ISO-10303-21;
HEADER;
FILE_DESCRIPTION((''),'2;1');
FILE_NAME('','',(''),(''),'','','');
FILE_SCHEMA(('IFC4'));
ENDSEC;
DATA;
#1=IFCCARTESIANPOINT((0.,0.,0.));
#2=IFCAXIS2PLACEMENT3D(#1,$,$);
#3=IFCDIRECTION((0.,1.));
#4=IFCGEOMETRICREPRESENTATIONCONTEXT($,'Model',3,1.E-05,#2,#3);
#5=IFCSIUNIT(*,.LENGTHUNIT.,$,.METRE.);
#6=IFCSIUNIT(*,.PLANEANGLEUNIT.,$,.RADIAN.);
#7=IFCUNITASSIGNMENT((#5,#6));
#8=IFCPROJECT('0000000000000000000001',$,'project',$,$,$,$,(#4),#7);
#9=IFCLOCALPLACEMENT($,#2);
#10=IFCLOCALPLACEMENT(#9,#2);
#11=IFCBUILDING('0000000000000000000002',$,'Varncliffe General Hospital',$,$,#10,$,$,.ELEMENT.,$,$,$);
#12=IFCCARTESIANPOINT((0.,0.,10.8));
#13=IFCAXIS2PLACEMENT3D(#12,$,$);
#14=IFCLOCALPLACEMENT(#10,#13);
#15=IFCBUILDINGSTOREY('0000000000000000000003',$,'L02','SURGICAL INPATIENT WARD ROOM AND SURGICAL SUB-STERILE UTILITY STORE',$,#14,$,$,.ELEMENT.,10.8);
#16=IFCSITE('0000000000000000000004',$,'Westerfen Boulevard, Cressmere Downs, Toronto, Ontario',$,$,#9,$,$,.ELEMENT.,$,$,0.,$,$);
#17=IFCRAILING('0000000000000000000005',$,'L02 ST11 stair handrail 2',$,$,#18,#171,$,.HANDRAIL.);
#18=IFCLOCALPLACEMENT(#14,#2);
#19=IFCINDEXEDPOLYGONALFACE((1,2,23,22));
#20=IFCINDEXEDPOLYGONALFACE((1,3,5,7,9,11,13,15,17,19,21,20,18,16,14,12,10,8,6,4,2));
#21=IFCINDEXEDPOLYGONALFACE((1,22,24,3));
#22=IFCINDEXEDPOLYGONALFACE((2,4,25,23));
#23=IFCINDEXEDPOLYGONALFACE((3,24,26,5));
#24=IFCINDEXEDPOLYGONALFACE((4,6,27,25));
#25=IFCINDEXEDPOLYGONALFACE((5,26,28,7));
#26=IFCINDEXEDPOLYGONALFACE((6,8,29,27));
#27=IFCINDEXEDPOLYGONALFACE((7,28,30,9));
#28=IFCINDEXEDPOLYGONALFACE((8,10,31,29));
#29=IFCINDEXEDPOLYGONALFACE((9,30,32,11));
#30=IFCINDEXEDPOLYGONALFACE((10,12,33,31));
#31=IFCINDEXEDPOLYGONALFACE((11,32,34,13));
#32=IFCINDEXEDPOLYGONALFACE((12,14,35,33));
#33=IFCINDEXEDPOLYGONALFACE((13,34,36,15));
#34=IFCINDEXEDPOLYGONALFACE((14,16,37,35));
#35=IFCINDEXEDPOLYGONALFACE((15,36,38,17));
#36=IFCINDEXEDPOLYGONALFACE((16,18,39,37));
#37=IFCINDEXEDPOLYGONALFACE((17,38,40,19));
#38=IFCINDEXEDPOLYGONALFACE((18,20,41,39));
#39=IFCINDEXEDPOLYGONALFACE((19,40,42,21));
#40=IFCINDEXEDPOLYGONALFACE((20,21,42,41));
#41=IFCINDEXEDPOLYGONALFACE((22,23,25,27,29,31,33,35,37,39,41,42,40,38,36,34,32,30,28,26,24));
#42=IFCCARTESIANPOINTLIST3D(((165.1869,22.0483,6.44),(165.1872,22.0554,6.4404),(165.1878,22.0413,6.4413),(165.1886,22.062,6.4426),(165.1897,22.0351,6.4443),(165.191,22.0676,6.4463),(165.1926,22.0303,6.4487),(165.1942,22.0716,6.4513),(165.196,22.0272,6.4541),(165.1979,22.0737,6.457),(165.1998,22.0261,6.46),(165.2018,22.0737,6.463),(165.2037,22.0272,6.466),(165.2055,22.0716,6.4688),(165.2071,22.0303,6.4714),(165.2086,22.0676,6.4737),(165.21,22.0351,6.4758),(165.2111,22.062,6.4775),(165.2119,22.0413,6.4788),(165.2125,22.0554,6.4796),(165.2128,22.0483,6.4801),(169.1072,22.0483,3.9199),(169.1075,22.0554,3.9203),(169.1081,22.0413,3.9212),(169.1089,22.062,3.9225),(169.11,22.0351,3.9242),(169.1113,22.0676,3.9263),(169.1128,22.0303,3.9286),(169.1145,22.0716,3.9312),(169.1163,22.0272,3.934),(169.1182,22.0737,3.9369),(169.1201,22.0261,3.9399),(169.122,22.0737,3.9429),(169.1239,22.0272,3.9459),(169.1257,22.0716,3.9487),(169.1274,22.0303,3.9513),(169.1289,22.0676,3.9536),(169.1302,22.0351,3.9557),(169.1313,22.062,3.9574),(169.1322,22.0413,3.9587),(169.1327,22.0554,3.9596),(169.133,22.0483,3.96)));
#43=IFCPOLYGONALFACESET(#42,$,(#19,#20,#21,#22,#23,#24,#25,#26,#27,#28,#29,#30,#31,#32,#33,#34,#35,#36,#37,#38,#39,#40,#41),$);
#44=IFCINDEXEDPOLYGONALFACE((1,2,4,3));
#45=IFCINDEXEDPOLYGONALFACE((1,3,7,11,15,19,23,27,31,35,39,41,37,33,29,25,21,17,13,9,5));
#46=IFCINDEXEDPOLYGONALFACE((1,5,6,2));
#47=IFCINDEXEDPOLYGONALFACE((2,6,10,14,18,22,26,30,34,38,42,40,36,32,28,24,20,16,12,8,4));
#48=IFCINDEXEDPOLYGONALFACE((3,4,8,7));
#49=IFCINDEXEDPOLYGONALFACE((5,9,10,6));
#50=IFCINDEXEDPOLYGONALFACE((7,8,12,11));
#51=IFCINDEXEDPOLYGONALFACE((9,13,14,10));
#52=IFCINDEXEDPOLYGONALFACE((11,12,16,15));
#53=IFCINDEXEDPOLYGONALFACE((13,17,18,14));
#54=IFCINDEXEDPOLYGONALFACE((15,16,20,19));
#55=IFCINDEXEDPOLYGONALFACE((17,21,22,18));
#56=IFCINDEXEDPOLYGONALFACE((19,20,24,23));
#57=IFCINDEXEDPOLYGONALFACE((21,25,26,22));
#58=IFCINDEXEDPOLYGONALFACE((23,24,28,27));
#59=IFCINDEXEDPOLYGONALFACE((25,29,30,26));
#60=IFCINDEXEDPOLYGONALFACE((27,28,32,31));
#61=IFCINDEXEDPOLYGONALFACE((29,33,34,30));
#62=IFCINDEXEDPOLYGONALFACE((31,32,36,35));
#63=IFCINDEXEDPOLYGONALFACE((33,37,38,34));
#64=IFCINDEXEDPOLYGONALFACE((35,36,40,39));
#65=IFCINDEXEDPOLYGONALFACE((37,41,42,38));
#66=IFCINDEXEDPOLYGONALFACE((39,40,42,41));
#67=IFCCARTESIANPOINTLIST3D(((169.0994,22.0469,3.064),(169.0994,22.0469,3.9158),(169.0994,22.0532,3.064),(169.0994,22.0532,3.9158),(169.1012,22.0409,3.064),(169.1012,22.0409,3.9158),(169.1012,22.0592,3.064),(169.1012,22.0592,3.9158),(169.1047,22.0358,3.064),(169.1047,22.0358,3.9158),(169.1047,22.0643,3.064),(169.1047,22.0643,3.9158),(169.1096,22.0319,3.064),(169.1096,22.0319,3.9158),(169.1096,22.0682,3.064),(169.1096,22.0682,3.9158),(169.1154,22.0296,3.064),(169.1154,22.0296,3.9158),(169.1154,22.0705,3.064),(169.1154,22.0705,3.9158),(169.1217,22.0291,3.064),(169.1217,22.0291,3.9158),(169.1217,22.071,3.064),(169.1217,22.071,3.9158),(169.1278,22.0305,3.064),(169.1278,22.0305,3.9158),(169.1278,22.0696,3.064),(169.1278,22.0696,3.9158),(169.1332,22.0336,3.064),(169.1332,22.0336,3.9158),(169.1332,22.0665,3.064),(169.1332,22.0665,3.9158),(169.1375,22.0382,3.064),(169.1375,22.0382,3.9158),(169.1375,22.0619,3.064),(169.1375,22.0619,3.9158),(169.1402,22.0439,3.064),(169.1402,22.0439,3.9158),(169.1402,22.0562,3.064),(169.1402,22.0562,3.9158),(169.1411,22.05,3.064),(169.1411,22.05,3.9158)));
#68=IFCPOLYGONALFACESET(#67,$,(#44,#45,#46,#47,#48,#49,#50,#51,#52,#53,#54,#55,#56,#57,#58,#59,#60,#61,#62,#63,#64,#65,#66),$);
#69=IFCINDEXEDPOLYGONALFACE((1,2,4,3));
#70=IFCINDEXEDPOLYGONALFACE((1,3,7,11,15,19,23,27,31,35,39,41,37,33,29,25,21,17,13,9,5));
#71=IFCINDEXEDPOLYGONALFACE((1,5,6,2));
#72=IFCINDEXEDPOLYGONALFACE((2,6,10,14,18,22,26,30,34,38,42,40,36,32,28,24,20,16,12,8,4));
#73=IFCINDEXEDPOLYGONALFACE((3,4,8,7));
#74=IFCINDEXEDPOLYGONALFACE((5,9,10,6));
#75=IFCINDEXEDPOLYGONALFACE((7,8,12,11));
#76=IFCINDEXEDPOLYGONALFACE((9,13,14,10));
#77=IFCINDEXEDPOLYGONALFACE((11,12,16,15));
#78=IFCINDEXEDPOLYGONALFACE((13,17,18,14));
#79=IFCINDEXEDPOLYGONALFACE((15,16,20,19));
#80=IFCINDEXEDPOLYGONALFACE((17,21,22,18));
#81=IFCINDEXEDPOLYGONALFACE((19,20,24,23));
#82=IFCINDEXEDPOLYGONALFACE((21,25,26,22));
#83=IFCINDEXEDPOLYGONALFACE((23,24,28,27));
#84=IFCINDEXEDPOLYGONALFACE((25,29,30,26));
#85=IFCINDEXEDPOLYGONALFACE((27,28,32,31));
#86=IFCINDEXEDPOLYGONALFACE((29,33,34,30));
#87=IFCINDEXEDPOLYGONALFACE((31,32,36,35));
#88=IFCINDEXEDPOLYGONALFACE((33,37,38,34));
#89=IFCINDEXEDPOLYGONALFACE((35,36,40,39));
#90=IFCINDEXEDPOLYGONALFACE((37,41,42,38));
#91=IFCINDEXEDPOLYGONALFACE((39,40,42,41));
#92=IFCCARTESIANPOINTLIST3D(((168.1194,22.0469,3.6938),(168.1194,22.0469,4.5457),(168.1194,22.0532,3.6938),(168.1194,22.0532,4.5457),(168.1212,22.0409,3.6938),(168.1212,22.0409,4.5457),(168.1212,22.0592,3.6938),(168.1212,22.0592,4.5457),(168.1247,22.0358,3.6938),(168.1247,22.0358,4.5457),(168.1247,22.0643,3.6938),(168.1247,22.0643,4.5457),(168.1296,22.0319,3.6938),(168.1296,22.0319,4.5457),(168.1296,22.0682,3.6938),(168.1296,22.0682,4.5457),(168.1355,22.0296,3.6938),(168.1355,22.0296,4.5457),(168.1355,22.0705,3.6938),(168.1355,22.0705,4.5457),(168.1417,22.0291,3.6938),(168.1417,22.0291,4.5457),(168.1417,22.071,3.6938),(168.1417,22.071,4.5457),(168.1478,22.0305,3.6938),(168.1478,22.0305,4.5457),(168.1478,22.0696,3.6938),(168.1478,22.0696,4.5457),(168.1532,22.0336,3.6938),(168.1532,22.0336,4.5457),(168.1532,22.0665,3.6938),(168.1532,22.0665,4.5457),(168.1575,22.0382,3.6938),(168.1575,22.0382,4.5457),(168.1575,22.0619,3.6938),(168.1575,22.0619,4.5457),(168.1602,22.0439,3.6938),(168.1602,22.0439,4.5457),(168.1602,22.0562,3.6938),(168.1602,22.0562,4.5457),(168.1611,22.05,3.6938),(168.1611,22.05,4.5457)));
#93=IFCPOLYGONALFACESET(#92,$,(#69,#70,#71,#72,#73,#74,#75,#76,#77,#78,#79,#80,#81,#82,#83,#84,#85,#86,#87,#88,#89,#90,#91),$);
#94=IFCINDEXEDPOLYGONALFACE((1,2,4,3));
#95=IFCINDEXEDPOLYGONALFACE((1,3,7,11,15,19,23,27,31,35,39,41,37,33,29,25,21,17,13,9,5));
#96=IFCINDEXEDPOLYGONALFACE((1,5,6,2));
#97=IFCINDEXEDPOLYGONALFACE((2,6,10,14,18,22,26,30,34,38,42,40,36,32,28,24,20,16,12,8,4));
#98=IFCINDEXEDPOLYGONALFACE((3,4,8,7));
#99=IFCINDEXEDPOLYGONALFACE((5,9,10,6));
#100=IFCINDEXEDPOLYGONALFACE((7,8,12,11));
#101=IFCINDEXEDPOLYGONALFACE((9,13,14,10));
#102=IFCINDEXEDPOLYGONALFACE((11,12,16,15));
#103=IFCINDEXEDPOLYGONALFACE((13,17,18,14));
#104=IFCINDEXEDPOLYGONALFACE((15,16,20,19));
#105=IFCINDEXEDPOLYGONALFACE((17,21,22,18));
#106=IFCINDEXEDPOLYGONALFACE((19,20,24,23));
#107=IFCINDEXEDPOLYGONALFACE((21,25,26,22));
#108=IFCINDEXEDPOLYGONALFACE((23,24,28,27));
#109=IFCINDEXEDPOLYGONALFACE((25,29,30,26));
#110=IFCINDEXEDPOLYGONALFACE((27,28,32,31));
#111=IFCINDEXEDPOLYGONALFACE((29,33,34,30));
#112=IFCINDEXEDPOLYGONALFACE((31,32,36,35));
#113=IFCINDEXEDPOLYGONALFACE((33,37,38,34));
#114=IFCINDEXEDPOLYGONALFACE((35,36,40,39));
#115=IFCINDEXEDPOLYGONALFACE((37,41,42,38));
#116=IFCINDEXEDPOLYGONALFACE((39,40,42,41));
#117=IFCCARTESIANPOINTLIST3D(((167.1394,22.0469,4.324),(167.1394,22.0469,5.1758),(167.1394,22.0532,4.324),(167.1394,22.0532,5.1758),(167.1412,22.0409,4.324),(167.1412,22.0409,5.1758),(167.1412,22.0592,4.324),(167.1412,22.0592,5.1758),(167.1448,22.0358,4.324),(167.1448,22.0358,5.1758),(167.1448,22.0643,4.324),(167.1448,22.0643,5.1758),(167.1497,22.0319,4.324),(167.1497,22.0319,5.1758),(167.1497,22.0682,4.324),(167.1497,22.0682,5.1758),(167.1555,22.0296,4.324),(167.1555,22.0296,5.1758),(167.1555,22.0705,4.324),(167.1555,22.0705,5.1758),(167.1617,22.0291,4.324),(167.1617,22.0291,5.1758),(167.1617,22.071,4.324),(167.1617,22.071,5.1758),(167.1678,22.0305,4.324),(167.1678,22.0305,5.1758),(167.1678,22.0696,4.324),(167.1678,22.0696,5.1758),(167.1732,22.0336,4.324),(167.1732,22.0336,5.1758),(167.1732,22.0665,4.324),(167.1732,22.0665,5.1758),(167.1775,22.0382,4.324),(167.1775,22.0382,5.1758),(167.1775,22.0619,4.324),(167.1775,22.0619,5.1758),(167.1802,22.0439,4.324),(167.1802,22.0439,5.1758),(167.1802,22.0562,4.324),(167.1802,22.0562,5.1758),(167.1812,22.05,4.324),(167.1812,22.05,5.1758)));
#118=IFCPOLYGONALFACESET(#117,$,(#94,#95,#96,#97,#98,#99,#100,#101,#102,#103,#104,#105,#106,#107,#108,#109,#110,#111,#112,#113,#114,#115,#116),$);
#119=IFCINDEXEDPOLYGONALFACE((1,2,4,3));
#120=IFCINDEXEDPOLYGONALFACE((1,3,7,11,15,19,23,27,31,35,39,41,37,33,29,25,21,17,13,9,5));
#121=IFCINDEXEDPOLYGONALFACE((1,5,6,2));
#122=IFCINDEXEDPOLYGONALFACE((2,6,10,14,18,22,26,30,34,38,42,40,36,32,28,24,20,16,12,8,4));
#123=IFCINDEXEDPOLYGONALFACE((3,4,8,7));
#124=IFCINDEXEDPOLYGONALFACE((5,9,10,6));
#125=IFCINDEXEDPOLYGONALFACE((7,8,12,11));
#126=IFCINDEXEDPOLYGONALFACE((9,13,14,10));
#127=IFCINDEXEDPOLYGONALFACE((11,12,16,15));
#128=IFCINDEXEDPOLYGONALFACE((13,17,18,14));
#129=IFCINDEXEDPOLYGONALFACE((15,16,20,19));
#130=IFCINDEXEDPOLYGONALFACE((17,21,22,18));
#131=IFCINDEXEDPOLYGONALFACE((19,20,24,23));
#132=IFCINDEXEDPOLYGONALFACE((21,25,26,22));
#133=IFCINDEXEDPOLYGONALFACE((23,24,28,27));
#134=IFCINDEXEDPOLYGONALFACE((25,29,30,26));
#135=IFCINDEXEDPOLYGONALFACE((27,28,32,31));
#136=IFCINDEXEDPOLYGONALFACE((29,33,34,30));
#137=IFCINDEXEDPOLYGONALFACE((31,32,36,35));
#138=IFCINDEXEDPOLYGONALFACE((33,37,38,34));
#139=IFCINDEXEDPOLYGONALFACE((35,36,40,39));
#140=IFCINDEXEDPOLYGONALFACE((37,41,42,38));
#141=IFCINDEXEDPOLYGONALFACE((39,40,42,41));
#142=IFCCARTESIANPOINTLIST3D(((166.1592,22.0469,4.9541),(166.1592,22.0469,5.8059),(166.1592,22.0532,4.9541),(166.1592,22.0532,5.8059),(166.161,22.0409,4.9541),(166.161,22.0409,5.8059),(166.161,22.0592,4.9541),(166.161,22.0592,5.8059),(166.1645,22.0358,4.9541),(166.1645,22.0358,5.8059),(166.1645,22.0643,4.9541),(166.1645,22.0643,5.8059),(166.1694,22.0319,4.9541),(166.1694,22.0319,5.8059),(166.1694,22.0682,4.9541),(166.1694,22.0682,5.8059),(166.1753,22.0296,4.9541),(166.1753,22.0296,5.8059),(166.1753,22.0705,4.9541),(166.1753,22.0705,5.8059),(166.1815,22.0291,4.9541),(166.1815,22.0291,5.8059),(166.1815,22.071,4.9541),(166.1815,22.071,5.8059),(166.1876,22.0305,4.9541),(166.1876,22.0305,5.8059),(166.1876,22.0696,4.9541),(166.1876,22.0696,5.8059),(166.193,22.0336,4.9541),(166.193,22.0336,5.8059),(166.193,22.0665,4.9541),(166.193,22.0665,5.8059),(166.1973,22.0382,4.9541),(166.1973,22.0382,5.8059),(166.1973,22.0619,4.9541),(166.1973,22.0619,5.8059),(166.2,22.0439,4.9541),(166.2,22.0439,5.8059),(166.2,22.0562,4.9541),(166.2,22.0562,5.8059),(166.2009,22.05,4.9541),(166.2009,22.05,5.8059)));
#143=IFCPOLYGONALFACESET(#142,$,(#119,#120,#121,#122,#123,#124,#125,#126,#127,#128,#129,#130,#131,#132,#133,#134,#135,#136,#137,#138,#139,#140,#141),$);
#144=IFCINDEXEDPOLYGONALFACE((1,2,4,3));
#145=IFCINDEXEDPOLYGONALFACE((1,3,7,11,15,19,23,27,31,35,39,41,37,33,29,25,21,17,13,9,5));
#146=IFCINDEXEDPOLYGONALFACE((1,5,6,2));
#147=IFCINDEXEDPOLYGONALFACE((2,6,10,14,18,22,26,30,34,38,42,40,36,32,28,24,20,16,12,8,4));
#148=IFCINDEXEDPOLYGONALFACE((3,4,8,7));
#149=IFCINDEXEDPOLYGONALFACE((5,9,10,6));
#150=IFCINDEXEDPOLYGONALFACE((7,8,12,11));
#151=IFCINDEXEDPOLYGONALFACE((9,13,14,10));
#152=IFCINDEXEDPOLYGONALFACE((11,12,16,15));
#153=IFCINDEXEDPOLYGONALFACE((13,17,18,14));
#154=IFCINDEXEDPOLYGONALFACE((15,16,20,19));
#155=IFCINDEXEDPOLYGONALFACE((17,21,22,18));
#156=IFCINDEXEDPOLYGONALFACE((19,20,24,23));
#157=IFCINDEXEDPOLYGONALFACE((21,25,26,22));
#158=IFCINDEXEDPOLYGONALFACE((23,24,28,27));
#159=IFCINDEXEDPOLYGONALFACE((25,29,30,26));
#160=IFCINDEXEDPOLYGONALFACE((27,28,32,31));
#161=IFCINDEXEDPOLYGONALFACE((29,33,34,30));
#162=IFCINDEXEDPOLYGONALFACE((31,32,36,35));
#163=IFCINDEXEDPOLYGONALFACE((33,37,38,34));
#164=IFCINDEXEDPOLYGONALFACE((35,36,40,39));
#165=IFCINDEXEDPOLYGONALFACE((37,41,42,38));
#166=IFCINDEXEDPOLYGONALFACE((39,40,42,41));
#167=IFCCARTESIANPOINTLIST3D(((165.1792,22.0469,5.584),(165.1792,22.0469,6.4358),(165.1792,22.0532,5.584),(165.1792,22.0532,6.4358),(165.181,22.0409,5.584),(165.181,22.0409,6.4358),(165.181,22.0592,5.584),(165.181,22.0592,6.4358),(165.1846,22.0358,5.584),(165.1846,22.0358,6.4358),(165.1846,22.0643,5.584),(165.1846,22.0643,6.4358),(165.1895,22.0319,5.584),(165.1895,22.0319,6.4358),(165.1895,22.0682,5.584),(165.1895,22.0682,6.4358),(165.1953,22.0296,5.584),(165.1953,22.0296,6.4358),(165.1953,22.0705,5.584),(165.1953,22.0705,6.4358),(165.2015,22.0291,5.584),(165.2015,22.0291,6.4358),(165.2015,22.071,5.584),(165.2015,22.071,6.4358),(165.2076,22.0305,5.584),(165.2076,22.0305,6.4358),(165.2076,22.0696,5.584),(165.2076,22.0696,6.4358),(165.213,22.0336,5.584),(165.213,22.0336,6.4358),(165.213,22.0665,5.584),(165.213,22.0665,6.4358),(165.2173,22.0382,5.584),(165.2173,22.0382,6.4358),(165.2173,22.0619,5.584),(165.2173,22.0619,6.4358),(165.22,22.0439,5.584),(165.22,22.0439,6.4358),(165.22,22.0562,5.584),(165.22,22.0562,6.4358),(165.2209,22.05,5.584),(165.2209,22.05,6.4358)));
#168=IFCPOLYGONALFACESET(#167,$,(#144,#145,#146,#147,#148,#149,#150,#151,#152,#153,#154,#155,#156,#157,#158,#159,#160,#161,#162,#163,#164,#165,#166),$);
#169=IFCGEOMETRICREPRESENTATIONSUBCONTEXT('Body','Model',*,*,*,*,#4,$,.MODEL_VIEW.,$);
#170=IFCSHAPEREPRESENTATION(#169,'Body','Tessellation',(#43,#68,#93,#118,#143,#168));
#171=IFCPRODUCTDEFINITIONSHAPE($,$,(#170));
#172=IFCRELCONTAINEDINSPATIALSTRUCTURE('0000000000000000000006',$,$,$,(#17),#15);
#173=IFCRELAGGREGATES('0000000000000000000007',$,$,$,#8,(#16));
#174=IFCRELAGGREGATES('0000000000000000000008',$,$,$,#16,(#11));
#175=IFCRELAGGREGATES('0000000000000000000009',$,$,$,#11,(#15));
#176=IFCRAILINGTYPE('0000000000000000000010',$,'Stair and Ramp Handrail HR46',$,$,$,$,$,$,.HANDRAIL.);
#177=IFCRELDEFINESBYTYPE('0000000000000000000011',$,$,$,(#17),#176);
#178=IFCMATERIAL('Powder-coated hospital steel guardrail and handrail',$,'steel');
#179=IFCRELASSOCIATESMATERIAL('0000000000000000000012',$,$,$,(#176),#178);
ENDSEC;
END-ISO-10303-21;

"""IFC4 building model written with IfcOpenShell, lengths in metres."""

from ifc_helpers import new_model, si_unit, direction, frame, origin, origin_2d, place, context, subcontext, project, spatial, circle, extrude, material, type_object, element, save


model = new_model("IFC4")

# Units and contexts
model_context = context("Model", 3, precision=1e-05, world=origin(), true_north=direction((0.0, 1.0)))
body_context = subcontext(model_context, "Body", "Model", "MODEL_VIEW")
ifc_project = project(units=[si_unit("LENGTHUNIT", "METRE"), si_unit("PLANEANGLEUNIT", "RADIAN")], contexts=[model_context])

# Site, building, storey
site_placement = place(None, origin())
site = spatial("IfcSite", under=ifc_project, at=site_placement, Name="Westerfen Boulevard, Cressmere Downs, Toronto, Ontario", CompositionType="ELEMENT", RefElevation=0.0)
building_placement = place(site_placement, origin())
building = spatial("IfcBuilding", under=site, at=building_placement, Name="Varncliffe General Hospital", CompositionType="ELEMENT")
storey_placement = place(building_placement, frame((0.0, 0.0, 10.8)))
storey = spatial("IfcBuildingStorey", under=building, at=storey_placement, Name="L02", Description="SURGICAL INPATIENT WARD ROOM AND SURGICAL SUB-STERILE UTILITY STORE", CompositionType="ELEMENT", Elevation=10.8)

# Railing
ifc_material_1 = material(Name="Powder-coated hospital steel guardrail and handrail", Category="steel")
railing_type_1 = type_object("IfcRailingType", Name="Stair and Ramp Handrail HR46", PredefinedType="HANDRAIL", material=ifc_material_1)
railing_1_placement = place(storey_placement, frame((169.1201, 22.05, 3.064)))
element("IfcRailing", 1, at=railing_1_placement, inside=storey, type_object=railing_type_1, Name="L02 ST11 stair handrail 2", PredefinedType="HANDRAIL", context=body_context, shape_type="SweptSolid", body=[
    extrude(circle(Radius=0.0239, at=origin_2d()), frame((0.0, 0.0, 0.876), z_axis=(-0.841187, 0.0, 0.540744), x_axis=(0.0, -1.0, 0.0)), (0.0, 0.0, 1.0), 4.6604),
    extrude(circle(Radius=0.021, at=origin_2d()), origin(), (0.0, 0.0, 1.0), 0.8518),
    extrude(circle(Radius=0.021, at=origin_2d()), frame((-0.98, 0.0, 0.6299)), (0.0, 0.0, 1.0), 0.8518),
    extrude(circle(Radius=0.021, at=origin_2d()), frame((-1.96, 0.0, 1.26)), (0.0, 0.0, 1.0), 0.8518),
    extrude(circle(Radius=0.021, at=origin_2d()), frame((-2.9402, 0.0, 1.8901)), (0.0, 0.0, 1.0), 0.8518),
    extrude(circle(Radius=0.021, at=origin_2d()), frame((-3.9202, 0.0, 2.52)), (0.0, 0.0, 1.0), 0.8518),
])

save(model, "model.ifc")
